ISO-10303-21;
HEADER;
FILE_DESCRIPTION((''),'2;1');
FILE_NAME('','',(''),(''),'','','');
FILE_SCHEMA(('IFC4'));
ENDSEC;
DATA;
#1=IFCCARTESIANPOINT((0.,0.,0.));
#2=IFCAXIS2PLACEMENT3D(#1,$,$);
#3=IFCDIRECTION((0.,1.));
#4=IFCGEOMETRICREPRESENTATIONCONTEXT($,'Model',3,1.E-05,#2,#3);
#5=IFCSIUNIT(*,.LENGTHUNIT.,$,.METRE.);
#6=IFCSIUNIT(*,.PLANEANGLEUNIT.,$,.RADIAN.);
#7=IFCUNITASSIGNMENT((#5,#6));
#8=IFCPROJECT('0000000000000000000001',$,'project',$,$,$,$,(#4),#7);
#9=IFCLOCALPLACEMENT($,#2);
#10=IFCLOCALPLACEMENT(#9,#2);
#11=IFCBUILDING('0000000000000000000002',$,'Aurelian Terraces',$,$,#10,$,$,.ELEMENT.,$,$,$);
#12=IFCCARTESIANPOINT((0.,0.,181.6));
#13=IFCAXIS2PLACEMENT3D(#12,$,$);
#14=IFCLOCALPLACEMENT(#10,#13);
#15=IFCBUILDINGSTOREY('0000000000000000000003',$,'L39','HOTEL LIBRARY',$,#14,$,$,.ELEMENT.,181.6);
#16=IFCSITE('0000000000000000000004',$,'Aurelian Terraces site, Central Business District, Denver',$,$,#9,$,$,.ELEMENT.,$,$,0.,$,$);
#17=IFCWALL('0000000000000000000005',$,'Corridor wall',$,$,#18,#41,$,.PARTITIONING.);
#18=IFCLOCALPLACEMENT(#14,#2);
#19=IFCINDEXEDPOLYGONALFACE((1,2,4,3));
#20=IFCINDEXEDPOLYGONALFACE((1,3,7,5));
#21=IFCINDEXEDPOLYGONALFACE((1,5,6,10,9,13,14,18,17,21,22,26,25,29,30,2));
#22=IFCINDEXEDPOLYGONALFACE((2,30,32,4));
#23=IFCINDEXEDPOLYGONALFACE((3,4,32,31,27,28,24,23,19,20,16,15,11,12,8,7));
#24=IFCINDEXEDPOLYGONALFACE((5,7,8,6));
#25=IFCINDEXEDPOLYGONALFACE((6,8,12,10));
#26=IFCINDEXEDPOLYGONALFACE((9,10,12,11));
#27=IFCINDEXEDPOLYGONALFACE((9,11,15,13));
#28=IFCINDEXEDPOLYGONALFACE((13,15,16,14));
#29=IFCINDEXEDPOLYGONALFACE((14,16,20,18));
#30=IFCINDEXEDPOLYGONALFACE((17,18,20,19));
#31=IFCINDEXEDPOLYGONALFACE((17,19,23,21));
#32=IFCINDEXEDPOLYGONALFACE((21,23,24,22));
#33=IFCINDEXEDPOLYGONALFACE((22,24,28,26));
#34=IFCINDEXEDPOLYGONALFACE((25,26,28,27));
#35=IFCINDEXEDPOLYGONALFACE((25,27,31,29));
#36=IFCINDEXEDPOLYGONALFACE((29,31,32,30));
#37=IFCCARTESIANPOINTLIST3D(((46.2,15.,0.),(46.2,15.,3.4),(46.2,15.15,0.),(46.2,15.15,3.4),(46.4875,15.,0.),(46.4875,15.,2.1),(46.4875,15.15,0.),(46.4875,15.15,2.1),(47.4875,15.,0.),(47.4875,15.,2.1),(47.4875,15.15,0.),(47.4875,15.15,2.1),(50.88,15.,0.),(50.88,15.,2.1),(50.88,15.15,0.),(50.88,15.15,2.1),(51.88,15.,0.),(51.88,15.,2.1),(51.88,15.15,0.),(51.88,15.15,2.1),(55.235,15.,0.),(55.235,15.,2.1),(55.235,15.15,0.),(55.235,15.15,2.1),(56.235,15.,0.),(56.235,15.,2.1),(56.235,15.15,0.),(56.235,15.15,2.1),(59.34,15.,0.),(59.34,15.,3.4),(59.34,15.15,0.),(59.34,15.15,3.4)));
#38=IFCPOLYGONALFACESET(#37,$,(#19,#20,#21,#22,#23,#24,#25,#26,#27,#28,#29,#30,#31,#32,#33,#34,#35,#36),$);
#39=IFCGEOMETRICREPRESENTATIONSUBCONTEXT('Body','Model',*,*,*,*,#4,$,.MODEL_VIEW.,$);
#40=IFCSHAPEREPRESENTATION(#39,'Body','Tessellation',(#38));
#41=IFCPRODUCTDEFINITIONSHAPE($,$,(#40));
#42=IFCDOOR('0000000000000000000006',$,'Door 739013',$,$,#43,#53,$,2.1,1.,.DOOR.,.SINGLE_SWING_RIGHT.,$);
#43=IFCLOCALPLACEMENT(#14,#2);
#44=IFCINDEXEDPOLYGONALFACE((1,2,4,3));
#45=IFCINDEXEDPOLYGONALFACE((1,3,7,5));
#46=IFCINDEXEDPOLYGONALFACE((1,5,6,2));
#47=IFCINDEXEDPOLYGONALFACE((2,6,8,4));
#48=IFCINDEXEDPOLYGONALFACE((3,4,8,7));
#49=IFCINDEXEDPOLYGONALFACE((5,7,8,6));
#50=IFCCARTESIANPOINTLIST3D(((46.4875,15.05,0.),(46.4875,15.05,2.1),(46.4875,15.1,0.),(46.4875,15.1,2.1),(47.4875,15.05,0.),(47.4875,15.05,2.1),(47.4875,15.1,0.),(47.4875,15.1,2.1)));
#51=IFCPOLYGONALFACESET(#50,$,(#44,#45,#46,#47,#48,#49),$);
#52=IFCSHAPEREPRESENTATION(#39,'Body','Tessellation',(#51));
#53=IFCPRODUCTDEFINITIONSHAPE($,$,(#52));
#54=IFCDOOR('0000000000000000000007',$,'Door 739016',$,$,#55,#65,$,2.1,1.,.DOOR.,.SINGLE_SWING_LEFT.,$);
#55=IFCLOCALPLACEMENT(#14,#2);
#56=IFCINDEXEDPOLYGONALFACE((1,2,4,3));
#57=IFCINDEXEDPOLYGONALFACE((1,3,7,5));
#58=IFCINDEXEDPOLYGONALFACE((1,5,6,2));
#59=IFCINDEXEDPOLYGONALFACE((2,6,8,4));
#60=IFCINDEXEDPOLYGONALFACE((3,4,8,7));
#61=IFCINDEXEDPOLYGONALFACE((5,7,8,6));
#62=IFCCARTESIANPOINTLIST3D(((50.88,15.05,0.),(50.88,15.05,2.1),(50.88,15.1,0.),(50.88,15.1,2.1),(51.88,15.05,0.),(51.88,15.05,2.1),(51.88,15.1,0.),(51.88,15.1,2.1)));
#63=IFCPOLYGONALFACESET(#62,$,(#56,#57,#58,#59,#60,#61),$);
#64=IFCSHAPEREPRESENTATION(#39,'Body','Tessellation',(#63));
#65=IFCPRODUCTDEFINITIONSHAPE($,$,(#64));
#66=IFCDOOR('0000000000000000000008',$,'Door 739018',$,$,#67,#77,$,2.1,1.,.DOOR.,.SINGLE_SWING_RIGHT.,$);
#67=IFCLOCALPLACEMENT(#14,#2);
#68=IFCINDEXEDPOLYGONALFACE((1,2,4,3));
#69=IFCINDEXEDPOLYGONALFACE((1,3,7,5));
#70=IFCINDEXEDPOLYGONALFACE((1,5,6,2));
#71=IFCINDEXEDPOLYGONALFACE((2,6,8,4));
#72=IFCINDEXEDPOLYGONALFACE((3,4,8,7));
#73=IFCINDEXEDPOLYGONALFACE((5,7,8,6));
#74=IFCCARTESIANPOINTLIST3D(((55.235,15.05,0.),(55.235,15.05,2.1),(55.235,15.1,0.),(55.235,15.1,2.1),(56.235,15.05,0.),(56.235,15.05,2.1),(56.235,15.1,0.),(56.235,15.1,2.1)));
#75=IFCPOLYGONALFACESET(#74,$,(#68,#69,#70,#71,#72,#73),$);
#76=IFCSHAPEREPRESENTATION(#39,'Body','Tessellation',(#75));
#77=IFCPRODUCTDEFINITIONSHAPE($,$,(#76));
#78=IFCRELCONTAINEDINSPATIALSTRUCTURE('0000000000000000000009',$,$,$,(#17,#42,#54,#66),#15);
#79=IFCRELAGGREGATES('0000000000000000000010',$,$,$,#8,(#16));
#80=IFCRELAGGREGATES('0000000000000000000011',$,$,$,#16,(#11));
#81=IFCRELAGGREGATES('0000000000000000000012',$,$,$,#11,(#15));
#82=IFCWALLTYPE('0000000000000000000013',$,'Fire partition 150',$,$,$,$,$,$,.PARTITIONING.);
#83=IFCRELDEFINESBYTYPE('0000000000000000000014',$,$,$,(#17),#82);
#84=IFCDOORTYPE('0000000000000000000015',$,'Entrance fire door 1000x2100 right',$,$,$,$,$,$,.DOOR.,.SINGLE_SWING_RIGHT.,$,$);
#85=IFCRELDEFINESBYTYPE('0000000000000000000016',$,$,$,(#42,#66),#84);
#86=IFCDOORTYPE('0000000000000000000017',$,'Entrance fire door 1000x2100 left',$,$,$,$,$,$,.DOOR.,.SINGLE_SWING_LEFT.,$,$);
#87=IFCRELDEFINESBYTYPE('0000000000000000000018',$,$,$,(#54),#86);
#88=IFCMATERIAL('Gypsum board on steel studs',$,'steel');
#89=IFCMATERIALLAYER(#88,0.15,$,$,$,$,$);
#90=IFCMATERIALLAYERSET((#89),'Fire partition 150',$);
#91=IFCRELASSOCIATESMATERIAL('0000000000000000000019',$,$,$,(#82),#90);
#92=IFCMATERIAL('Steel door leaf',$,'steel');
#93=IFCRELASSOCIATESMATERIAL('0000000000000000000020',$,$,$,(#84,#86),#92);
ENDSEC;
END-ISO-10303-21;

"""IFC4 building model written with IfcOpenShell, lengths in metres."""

from ifc_helpers import new_model, si_unit, direction, frame, frame_2d, origin, place, context, subcontext, project, spatial, rectangle, extrude, source, transform, mapped, material, layer, layer_set, type_object, element, fill, save


model = new_model("IFC4")

# Units and contexts
model_context = context("Model", 3, precision=1e-05, world=origin(), true_north=direction((0.0, 1.0)))
body_context = subcontext(model_context, "Body", "Model", "MODEL_VIEW")
ifc_project = project(units=[si_unit("LENGTHUNIT", "METRE"), si_unit("PLANEANGLEUNIT", "RADIAN")], contexts=[model_context])

# Site, building, storey
site_placement = place(None, origin())
site = spatial("IfcSite", under=ifc_project, at=site_placement, Name="Aurelian Terraces site, Central Business District, Denver", CompositionType="ELEMENT", RefElevation=0.0)
building_placement = place(site_placement, origin())
building = spatial("IfcBuilding", under=site, at=building_placement, Name="Aurelian Terraces", CompositionType="ELEMENT")
storey_placement = place(building_placement, frame((0.0, 0.0, 181.6)))
storey = spatial("IfcBuildingStorey", under=building, at=storey_placement, Name="L39", Description="HOTEL LIBRARY", CompositionType="ELEMENT", Elevation=181.6)

# Shared definitions
ifc_material_1 = material(Name="Gypsum board on steel studs", Category="steel")

# Wall, openings, doors
shared_shape_1 = source(origin(), body_context, "Body", "SweptSolid", [
    extrude(rectangle(XDim=13.14, YDim=0.15, at=frame_2d((6.57, 0.0))), origin(), (0.0, 0.0, 1.0), 3.4),
])
ifc_layer_1 = layer(ifc_material_1, 0.15)
ifc_layer_set_1 = layer_set([ifc_layer_1], Name="Fire partition 150")
wall_type_1 = type_object("IfcWallType", Name="Fire partition 150", PredefinedType="PARTITIONING", material=ifc_layer_set_1)
wall_1_placement = place(storey_placement, frame((59.34, 15.075, 0.0), z_axis=(0.0, 0.0, 1.0), x_axis=(-1.0, 0.0, 0.0)))
wall_1 = element("IfcWall", 1, at=wall_1_placement, inside=storey, type_object=wall_type_1, Name="Corridor wall", PredefinedType="PARTITIONING", context=body_context, shape_type="MappedRepresentation", body=[
    mapped(shared_shape_1, transform((0.0, 0.0, 0.0), scale=1.0)),
])
shared_shape_2 = source(origin(), body_context, "Body", "SweptSolid", [
    extrude(rectangle(XDim=1.0, YDim=2.1, at=frame_2d((0.5, 1.05))), frame((0.0, 0.085, 0.0), z_axis=(0.0, -1.0, 0.0), x_axis=(1.0, 0.0, 0.0)), (0.0, 0.0, 1.0), 0.17),
])
opening_1_placement = place(wall_1_placement, frame((11.8525, 0.0, 0.0)))
opening_1 = element("IfcOpeningElement", 2, at=opening_1_placement, cuts=wall_1, PredefinedType="OPENING", context=body_context, shape_type="MappedRepresentation", body=[
    mapped(shared_shape_2, transform((0.0, 0.0, 0.0), scale=1.0)),
])
opening_2_placement = place(wall_1_placement, frame((7.46, 0.0, 0.0)))
opening_2 = element("IfcOpeningElement", 3, at=opening_2_placement, cuts=wall_1, PredefinedType="OPENING", context=body_context, shape_type="MappedRepresentation", body=[
    mapped(shared_shape_2, transform((0.0, 0.0, 0.0), scale=1.0)),
])
opening_3_placement = place(wall_1_placement, frame((3.105, 0.0, 0.0)))
opening_3 = element("IfcOpeningElement", 4, at=opening_3_placement, cuts=wall_1, PredefinedType="OPENING", context=body_context, shape_type="MappedRepresentation", body=[
    mapped(shared_shape_2, transform((0.0, 0.0, 0.0), scale=1.0)),
])
ifc_material_2 = material(Name="Steel door leaf", Category="steel")
door_type_1 = type_object("IfcDoorType", Name="Entrance fire door 1000x2100 right", OperationType="SINGLE_SWING_RIGHT", PredefinedType="DOOR", material=ifc_material_2)
shared_shape_3 = source(origin(), body_context, "Body", "SweptSolid", [
    extrude(rectangle(XDim=1.0, YDim=2.1, at=frame_2d((0.5, 1.05))), frame((0.0, 0.025, 0.0), z_axis=(0.0, -1.0, 0.0), x_axis=(1.0, 0.0, 0.0)), (0.0, 0.0, 1.0), 0.05),
])
door_1_placement = place(opening_1_placement, origin())
door_1 = element("IfcDoor", 5, at=door_1_placement, inside=storey, type_object=door_type_1, Name="Door 739013", OperationType="SINGLE_SWING_RIGHT", OverallHeight=2.1, OverallWidth=1.0, PredefinedType="DOOR", context=body_context, shape_type="MappedRepresentation", body=[
    mapped(shared_shape_3, transform((0.0, 0.0, 0.0), scale=1.0)),
])
fill(opening_1, door_1)
door_type_2 = type_object("IfcDoorType", Name="Entrance fire door 1000x2100 left", OperationType="SINGLE_SWING_LEFT", PredefinedType="DOOR", material=ifc_material_2)
door_2_placement = place(opening_2_placement, origin())
door_2 = element("IfcDoor", 6, at=door_2_placement, inside=storey, type_object=door_type_2, Name="Door 739016", OperationType="SINGLE_SWING_LEFT", OverallHeight=2.1, OverallWidth=1.0, PredefinedType="DOOR", context=body_context, shape_type="MappedRepresentation", body=[
    mapped(shared_shape_3, transform((0.0, 0.0, 0.0), scale=1.0)),
])
fill(opening_2, door_2)
door_3_placement = place(opening_3_placement, origin())
door_3 = element("IfcDoor", 7, at=door_3_placement, inside=storey, type_object=door_type_1, Name="Door 739018", OperationType="SINGLE_SWING_RIGHT", OverallHeight=2.1, OverallWidth=1.0, PredefinedType="DOOR", context=body_context, shape_type="MappedRepresentation", body=[
    mapped(shared_shape_3, transform((0.0, 0.0, 0.0), scale=1.0)),
])
fill(opening_3, door_3)

save(model, "model.ifc")
